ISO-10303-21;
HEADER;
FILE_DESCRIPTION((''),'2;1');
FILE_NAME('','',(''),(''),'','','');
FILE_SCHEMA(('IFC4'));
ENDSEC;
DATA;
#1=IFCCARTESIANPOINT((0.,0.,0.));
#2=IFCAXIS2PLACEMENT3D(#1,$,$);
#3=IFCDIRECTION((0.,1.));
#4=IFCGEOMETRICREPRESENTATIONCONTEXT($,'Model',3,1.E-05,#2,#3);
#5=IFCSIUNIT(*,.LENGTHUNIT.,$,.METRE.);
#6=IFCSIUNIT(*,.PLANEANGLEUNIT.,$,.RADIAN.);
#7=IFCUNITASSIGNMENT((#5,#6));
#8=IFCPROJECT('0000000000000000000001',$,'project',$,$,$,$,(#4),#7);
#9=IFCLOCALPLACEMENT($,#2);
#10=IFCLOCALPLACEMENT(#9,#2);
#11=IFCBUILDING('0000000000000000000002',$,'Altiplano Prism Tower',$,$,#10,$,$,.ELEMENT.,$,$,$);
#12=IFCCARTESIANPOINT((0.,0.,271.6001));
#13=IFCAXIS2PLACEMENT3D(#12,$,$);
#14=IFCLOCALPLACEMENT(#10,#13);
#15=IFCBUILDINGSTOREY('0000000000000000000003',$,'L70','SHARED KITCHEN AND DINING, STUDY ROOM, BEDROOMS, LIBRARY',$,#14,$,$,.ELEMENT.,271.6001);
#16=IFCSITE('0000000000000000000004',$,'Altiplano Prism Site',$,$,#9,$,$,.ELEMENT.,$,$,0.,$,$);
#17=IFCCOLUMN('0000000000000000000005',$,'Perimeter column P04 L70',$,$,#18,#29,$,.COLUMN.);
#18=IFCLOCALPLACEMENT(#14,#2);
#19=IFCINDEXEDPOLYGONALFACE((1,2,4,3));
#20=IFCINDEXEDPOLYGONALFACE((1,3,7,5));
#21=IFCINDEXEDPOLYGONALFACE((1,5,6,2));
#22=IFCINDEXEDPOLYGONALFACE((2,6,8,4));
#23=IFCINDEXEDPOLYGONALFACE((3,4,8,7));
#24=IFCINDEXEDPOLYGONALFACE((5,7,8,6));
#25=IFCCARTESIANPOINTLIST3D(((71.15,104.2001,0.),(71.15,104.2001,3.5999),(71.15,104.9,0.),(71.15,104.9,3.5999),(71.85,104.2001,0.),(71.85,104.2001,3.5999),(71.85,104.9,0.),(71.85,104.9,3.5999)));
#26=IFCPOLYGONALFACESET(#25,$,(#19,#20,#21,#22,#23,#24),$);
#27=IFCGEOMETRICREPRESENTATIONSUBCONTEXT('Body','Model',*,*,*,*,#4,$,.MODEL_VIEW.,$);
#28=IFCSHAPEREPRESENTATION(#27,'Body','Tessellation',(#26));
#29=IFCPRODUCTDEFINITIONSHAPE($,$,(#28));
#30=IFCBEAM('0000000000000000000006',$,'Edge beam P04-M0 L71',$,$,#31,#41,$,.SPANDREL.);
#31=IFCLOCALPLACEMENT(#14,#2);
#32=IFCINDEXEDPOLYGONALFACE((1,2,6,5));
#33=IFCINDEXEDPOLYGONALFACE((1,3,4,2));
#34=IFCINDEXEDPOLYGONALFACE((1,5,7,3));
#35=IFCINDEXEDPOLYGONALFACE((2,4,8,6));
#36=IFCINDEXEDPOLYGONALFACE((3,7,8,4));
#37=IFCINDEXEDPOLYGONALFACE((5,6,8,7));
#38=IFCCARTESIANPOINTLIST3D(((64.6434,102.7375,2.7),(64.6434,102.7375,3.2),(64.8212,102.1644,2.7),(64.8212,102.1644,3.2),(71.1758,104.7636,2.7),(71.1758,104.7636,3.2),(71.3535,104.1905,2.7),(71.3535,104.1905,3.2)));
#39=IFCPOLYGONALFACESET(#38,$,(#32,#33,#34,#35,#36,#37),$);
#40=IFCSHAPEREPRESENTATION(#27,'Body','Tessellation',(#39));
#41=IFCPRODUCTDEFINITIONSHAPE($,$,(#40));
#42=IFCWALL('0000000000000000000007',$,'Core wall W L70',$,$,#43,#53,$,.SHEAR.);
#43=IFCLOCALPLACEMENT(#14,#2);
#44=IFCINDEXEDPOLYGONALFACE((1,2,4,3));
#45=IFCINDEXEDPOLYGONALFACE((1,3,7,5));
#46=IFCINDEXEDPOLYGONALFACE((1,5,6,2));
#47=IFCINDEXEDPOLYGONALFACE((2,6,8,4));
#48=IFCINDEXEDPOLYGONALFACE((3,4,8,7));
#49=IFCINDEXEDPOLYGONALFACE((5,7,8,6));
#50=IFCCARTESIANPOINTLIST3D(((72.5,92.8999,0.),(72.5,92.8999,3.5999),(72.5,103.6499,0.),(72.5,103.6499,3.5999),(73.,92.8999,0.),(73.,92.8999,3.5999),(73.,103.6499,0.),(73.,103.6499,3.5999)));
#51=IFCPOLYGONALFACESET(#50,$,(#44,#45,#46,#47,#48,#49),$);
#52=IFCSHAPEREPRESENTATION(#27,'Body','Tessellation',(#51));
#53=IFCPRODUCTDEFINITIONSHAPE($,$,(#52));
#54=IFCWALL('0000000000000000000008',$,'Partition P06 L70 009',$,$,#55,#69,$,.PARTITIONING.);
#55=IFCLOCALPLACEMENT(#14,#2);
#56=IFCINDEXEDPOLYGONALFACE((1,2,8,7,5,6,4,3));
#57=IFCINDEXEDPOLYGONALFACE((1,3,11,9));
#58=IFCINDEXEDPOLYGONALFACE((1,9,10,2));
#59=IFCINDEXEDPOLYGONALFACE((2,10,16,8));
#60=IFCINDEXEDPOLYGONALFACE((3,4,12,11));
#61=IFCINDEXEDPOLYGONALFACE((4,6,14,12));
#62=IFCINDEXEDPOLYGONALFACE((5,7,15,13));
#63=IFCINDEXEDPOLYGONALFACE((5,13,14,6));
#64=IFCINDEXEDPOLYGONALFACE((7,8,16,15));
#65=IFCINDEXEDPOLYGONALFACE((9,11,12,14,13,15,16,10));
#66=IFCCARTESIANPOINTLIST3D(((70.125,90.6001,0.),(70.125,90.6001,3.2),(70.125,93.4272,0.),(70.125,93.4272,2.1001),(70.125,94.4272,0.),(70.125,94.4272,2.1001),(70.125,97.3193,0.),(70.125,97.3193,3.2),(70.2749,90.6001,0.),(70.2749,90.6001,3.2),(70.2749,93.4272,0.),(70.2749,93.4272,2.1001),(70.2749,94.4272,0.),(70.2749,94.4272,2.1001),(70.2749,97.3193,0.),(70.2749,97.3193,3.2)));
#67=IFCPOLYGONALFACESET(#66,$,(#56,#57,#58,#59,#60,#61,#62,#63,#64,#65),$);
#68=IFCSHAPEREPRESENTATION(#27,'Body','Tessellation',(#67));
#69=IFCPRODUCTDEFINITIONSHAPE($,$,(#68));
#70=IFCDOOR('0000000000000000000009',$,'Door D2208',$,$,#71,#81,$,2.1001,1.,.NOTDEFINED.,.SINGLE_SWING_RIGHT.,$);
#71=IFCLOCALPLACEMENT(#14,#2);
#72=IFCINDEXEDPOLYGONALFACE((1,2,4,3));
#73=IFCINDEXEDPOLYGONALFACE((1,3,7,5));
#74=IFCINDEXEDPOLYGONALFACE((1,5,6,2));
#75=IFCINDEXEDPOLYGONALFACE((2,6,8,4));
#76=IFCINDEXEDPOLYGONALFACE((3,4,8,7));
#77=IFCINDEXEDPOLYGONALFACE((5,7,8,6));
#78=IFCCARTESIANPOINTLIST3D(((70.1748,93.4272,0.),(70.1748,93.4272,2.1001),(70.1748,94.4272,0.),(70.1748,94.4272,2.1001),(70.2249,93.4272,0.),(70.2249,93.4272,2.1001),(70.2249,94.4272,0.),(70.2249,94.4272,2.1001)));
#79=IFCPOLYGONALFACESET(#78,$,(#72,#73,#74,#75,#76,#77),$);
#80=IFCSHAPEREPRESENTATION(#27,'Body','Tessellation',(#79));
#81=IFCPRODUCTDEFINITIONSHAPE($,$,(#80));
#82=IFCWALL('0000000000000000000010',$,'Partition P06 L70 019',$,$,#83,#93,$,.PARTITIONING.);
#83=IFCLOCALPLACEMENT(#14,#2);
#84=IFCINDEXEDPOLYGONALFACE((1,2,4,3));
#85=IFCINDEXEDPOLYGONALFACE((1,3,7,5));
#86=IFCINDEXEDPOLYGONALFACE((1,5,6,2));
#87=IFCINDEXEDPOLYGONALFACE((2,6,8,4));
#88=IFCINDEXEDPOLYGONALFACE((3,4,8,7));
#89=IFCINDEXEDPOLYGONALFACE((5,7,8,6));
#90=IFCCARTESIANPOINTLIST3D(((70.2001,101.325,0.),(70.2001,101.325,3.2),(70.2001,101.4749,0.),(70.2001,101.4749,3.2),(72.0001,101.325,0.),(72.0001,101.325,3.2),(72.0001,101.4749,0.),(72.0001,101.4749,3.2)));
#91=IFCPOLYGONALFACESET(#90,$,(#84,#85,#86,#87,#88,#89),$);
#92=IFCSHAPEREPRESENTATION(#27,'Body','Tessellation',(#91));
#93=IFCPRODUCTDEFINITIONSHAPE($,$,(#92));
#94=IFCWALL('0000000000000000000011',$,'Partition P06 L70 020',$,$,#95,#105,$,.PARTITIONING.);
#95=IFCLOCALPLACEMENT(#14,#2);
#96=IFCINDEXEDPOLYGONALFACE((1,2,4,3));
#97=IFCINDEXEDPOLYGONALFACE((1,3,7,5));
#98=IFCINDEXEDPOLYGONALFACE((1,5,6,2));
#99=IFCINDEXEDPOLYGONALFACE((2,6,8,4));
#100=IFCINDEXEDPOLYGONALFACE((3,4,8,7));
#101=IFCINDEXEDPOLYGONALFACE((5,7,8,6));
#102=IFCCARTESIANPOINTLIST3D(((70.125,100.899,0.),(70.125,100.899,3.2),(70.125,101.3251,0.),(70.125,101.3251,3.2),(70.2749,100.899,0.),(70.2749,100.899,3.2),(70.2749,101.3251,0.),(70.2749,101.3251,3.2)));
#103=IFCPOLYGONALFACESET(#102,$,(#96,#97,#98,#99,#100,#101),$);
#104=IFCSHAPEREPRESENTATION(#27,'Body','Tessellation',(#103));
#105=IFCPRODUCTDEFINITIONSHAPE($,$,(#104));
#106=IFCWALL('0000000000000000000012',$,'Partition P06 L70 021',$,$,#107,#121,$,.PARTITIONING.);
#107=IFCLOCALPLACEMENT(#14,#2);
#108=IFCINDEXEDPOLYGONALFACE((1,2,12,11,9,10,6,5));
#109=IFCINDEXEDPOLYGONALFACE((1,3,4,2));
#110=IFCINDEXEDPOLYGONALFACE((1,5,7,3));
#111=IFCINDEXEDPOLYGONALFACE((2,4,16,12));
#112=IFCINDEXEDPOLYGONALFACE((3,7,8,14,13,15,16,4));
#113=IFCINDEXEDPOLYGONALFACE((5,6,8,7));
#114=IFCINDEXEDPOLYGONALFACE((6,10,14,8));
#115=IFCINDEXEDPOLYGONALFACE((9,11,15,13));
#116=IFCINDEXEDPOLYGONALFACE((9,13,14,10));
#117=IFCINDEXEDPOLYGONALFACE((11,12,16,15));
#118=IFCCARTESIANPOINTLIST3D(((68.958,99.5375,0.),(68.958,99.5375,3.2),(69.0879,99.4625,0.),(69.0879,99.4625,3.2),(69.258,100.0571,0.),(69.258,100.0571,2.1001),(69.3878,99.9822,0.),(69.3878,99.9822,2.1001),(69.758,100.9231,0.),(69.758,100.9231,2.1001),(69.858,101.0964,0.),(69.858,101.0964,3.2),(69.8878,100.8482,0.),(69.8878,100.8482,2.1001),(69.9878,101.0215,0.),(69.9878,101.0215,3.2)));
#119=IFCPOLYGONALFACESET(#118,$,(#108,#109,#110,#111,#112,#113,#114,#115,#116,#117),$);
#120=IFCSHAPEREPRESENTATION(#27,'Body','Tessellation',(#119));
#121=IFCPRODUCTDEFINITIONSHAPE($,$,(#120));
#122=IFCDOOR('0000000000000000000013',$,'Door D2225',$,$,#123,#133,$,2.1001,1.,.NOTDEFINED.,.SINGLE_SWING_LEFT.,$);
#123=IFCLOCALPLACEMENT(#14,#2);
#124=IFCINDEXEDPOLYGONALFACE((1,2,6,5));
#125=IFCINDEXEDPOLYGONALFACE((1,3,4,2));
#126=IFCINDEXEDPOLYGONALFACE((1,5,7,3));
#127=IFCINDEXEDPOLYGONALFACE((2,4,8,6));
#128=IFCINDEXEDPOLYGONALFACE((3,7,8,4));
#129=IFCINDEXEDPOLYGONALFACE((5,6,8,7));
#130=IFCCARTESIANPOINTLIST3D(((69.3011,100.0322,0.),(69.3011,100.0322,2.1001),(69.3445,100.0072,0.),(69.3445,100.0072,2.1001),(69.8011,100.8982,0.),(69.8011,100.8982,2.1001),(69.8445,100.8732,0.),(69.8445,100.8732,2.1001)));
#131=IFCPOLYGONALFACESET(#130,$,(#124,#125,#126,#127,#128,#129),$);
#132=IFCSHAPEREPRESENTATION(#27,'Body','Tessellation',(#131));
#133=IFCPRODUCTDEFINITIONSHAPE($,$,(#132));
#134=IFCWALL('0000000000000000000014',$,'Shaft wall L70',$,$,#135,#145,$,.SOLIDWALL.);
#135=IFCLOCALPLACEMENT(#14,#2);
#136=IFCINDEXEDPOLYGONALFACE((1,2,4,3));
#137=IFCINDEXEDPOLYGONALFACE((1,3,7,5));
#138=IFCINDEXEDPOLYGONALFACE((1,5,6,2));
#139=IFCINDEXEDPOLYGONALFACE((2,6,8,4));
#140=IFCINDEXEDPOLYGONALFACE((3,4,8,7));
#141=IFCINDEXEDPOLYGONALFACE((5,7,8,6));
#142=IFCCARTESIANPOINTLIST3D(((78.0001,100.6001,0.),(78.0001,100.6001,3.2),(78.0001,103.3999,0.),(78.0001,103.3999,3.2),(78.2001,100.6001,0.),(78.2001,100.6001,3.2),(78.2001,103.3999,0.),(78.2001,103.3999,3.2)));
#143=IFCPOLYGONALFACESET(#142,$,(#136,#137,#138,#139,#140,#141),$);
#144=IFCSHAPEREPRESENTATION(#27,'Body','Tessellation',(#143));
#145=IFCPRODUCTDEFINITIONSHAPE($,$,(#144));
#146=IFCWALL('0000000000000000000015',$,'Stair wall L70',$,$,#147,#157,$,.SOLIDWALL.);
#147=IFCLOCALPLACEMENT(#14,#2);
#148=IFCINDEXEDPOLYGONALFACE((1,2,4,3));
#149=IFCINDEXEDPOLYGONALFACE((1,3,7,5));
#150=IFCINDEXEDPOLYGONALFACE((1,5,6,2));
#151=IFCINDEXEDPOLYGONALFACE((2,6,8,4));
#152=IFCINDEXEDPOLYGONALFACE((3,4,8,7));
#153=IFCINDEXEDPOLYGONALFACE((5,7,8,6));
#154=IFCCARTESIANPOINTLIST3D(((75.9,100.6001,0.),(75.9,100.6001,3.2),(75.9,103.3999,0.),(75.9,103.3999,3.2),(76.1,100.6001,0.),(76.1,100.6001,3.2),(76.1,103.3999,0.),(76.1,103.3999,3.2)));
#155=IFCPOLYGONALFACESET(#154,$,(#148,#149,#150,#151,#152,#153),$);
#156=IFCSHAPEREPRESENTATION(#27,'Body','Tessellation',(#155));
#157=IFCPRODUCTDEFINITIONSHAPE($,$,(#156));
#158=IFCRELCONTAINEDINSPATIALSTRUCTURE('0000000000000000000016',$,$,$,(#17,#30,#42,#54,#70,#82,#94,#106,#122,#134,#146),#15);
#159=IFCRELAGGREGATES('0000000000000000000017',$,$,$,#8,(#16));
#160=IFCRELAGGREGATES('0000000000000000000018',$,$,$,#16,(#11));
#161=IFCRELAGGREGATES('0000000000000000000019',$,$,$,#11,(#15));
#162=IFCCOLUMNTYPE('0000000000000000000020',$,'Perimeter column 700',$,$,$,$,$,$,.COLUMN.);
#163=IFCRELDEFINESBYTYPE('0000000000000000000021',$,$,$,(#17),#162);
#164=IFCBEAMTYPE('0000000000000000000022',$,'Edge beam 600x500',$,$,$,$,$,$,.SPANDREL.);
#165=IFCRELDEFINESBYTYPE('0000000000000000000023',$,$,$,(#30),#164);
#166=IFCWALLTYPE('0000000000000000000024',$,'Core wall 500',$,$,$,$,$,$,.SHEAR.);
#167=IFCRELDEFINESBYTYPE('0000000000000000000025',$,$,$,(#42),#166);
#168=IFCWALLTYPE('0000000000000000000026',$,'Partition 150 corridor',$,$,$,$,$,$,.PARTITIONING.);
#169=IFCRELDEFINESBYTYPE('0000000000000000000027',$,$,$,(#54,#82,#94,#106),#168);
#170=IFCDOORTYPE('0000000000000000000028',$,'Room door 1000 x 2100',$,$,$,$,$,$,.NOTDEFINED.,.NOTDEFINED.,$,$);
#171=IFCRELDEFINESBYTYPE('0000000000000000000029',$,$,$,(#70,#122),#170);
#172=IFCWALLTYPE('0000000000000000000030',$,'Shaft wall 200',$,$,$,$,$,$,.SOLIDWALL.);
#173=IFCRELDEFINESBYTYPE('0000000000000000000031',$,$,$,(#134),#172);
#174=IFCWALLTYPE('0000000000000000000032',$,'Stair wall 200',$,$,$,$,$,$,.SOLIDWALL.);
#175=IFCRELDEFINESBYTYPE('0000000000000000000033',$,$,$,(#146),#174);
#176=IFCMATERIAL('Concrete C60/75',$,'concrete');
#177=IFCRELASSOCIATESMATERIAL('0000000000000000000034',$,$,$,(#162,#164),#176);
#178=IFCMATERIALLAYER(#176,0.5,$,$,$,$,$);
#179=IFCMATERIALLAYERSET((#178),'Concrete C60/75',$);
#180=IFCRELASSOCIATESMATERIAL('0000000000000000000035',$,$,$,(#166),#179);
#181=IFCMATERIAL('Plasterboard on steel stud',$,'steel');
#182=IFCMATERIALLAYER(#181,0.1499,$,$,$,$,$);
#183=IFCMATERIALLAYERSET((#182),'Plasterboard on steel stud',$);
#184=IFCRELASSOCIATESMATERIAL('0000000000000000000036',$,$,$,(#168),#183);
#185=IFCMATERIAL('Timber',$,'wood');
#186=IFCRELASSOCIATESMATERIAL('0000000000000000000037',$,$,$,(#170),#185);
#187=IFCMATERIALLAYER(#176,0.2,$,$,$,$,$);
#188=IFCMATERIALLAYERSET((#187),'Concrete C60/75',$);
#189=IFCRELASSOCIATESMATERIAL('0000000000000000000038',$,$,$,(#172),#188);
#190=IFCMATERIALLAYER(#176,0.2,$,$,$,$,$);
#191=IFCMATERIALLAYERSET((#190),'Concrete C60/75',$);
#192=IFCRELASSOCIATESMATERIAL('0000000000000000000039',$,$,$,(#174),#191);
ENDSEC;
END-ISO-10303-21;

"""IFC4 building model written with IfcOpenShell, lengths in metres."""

from ifc_helpers import new_model, si_unit, direction, frame, frame_2d, origin, origin_2d, place, context, subcontext, project, spatial, rectangle, extrude, material, layer, layer_set, material_profile, profile_set, type_object, element, fill, save


model = new_model("IFC4")

# Units and contexts
model_context = context("Model", 3, precision=1e-05, world=origin(), true_north=direction((0.0, 1.0)))
body_context = subcontext(model_context, "Body", "Model", "MODEL_VIEW")
ifc_project = project(units=[si_unit("LENGTHUNIT", "METRE"), si_unit("PLANEANGLEUNIT", "RADIAN")], contexts=[model_context])

# Site, building, storey
site_placement = place(None, origin())
site = spatial("IfcSite", under=ifc_project, at=site_placement, Name="Altiplano Prism Site", CompositionType="ELEMENT", RefElevation=0.0)
building_placement = place(site_placement, origin())
building = spatial("IfcBuilding", under=site, at=building_placement, Name="Altiplano Prism Tower", CompositionType="ELEMENT")
storey_placement = place(building_placement, frame((0.0, 0.0, 271.6001)))
storey = spatial("IfcBuildingStorey", under=building, at=storey_placement, Name="L70", Description="SHARED KITCHEN AND DINING, STUDY ROOM, BEDROOMS, LIBRARY", CompositionType="ELEMENT", Elevation=271.6001)

# Column
ifc_material_1 = material(Name="Concrete C60/75", Category="concrete")
ifc_material_profile_1 = material_profile(ifc_material_1, rectangle(XDim=0.7, YDim=0.7, at=origin_2d()), Name="Perimeter column 700")
ifc_profile_set_1 = profile_set([ifc_material_profile_1], Name="Concrete C60/75")
column_type = type_object("IfcColumnType", Name="Perimeter column 700", PredefinedType="COLUMN", material=ifc_profile_set_1)
column_placement = place(storey_placement, frame((71.5, 104.55, 0.0), z_axis=(0.0, 0.0, 1.0), x_axis=(1.0, 0.0, 0.0)))
element("IfcColumn", 1, at=column_placement, inside=storey, type_object=column_type, Name="Perimeter column P04 L70", PredefinedType="COLUMN", context=body_context, shape_type="SweptSolid", body=[
    extrude(rectangle(XDim=0.7, YDim=0.7, at=origin_2d()), origin(), (0.0, 0.0, 1.0), 3.5999),
])

# Beam
ifc_material_profile_2 = material_profile(ifc_material_1, rectangle(XDim=0.6001, YDim=0.5, at=origin_2d()), Name="Edge beam 600x500")
ifc_profile_set_2 = profile_set([ifc_material_profile_2], Name="Concrete C60/75")
beam_type = type_object("IfcBeamType", Name="Edge beam 600x500", PredefinedType="SPANDREL", material=ifc_profile_set_2)
beam_placement = place(storey_placement, frame((71.2646, 104.4771, 2.95), z_axis=(-0.955114, -0.29624, 0.0), x_axis=(0.29624, -0.955114, 0.0)))
element("IfcBeam", 2, at=beam_placement, inside=storey, type_object=beam_type, Name="Edge beam P04-M0 L71", PredefinedType="SPANDREL", context=body_context, shape_type="SweptSolid", body=[
    extrude(rectangle(XDim=0.6001, YDim=0.5, at=origin_2d()), origin(), (0.0, 0.0, 1.0), 6.8394),
])

# Wall
ifc_layer_1 = layer(ifc_material_1, 0.5)
ifc_layer_set_1 = layer_set([ifc_layer_1], Name="Concrete C60/75")
wall_type_1 = type_object("IfcWallType", Name="Core wall 500", PredefinedType="SHEAR", material=ifc_layer_set_1)
wall_1_placement = place(storey_placement, frame((72.75, 103.6499, 0.0), z_axis=(0.0, 0.0, 1.0), x_axis=(0.0, -1.0, 0.0)))
element("IfcWall", 3, at=wall_1_placement, inside=storey, type_object=wall_type_1, Name="Core wall W L70", PredefinedType="SHEAR", context=body_context, shape_type="SweptSolid", body=[
    extrude(rectangle(XDim=10.75, YDim=0.5, at=frame_2d((5.375, 0.0))), origin(), (0.0, 0.0, 1.0), 3.5999),
])

# Wall, opening, door
ifc_material_2 = material(Name="Plasterboard on steel stud", Category="steel")
ifc_layer_2 = layer(ifc_material_2, 0.1499)
ifc_layer_set_2 = layer_set([ifc_layer_2], Name="Plasterboard on steel stud")
wall_type_2 = type_object("IfcWallType", Name="Partition 150 corridor", PredefinedType="PARTITIONING", material=ifc_layer_set_2)
wall_2_placement = place(storey_placement, frame((70.2, 97.3193, 0.0), z_axis=(0.0, 0.0, 1.0), x_axis=(0.0, -1.0, 0.0)))
wall_2 = element("IfcWall", 4, at=wall_2_placement, inside=storey, type_object=wall_type_2, Name="Partition P06 L70 009", PredefinedType="PARTITIONING", context=body_context, shape_type="SweptSolid", body=[
    extrude(rectangle(XDim=6.7192, YDim=0.1499, at=frame_2d((3.3596, 0.0))), origin(), (0.0, 0.0, 1.0), 3.2),
])
opening_1_placement = place(wall_2_placement, frame((2.8921, 0.0, 0.0)))
opening_1 = element("IfcOpeningElement", 5, at=opening_1_placement, cuts=wall_2, PredefinedType="OPENING", context=body_context, shape_type="SweptSolid", body=[
    extrude(rectangle(XDim=1.0, YDim=2.1001, at=frame_2d((0.5, 1.05))), frame((0.0, 0.0854, 0.0), z_axis=(0.0, -1.0, 0.0), x_axis=(1.0, 0.0, 0.0)), (0.0, 0.0, 1.0), 0.1709),
])
ifc_material_3 = material(Name="Timber", Category="wood")
door_type_1 = type_object("IfcDoorType", Name="Room door 1000 x 2100", OperationType="NOTDEFINED", PredefinedType="NOTDEFINED", material=ifc_material_3)
door_1_placement = place(opening_1_placement, origin())
door_1 = element("IfcDoor", 6, at=door_1_placement, inside=storey, type_object=door_type_1, Name="Door D2208", OperationType="SINGLE_SWING_RIGHT", OverallHeight=2.1001, OverallWidth=1.0, PredefinedType="NOTDEFINED", context=body_context, shape_type="SweptSolid", body=[
    extrude(rectangle(XDim=1.0, YDim=2.1001, at=frame_2d((0.5, 1.05))), frame((0.0, 0.0249, 0.0), z_axis=(0.0, -1.0, 0.0), x_axis=(1.0, 0.0, 0.0)), (0.0, 0.0, 1.0), 0.05),
])
fill(opening_1, door_1)

# Walls
wall_3_placement = place(storey_placement, frame((72.0, 101.3999, 0.0), z_axis=(0.0, 0.0, 1.0), x_axis=(-1.0, 0.0, 0.0)))
element("IfcWall", 7, at=wall_3_placement, inside=storey, type_object=wall_type_2, Name="Partition P06 L70 019", PredefinedType="PARTITIONING", context=body_context, shape_type="SweptSolid", body=[
    extrude(rectangle(XDim=1.8, YDim=0.1499, at=frame_2d((0.8999, 0.0))), origin(), (0.0, 0.0, 1.0), 3.2),
])
wall_4_placement = place(storey_placement, frame((70.2, 101.325, 0.0), z_axis=(0.0, 0.0, 1.0), x_axis=(0.0, -1.0, 0.0)))
element("IfcWall", 8, at=wall_4_placement, inside=storey, type_object=wall_type_2, Name="Partition P06 L70 020", PredefinedType="PARTITIONING", context=body_context, shape_type="SweptSolid", body=[
    extrude(rectangle(XDim=0.426, YDim=0.1499, at=frame_2d((0.2129, 0.0))), origin(), (0.0, 0.0, 1.0), 3.2),
])

# Wall, opening, door
wall_5_placement = place(storey_placement, frame((69.9229, 101.0588, 0.0), z_axis=(0.0, 0.0, 1.0), x_axis=(-0.499961, -0.866048, 0.0)))
wall_5 = element("IfcWall", 9, at=wall_5_placement, inside=storey, type_object=wall_type_2, Name="Partition P06 L70 021", PredefinedType="PARTITIONING", context=body_context, shape_type="SweptSolid", body=[
    extrude(rectangle(XDim=1.8, YDim=0.1499, at=frame_2d((0.8999, 0.0))), origin(), (0.0, 0.0, 1.0), 3.2),
])
opening_2_placement = place(wall_5_placement, frame((0.2, 0.0, 0.0)))
opening_2 = element("IfcOpeningElement", 10, at=opening_2_placement, cuts=wall_5, PredefinedType="OPENING", context=body_context, shape_type="SweptSolid", body=[
    extrude(rectangle(XDim=1.0, YDim=2.1001, at=frame_2d((0.5, 1.05))), frame((0.0, 0.0854, 0.0), z_axis=(0.0, -1.0, 0.0), x_axis=(1.0, 0.0, 0.0)), (0.0, 0.0, 1.0), 0.1709),
])
door_2_placement = place(opening_2_placement, origin())
door_2 = element("IfcDoor", 11, at=door_2_placement, inside=storey, type_object=door_type_1, Name="Door D2225", OperationType="SINGLE_SWING_LEFT", OverallHeight=2.1001, OverallWidth=1.0, PredefinedType="NOTDEFINED", context=body_context, shape_type="SweptSolid", body=[
    extrude(rectangle(XDim=1.0, YDim=2.1001, at=frame_2d((0.5, 1.05))), frame((0.0, 0.0249, 0.0), z_axis=(0.0, -1.0, 0.0), x_axis=(1.0, 0.0, 0.0)), (0.0, 0.0, 1.0), 0.05),
])
fill(opening_2, door_2)

# Wall
ifc_layer_3 = layer(ifc_material_1, 0.2)
ifc_layer_set_3 = layer_set([ifc_layer_3], Name="Concrete C60/75")
wall_type_3 = type_object("IfcWallType", Name="Shaft wall 200", PredefinedType="SOLIDWALL", material=ifc_layer_set_3)
wall_6_placement = place(storey_placement, frame((78.1001, 100.6001, 0.0), z_axis=(0.0, 0.0, 1.0), x_axis=(0.0, 1.0, 0.0)))
element("IfcWall", 12, at=wall_6_placement, inside=storey, type_object=wall_type_3, Name="Shaft wall L70", PredefinedType="SOLIDWALL", context=body_context, shape_type="SweptSolid", body=[
    extrude(rectangle(XDim=2.7998, YDim=0.2, at=frame_2d((1.3999, 0.0))), origin(), (0.0, 0.0, 1.0), 3.2),
])

# Shared definitions
ifc_layer_4 = layer(ifc_material_1, 0.2)
ifc_layer_set_4 = layer_set([ifc_layer_4], Name="Concrete C60/75")
wall_type_4 = type_object("IfcWallType", Name="Stair wall 200", PredefinedType="SOLIDWALL", material=ifc_layer_set_4)

# Wall
wall_7_placement = place(storey_placement, frame((76.0, 100.6001, 0.0), z_axis=(0.0, 0.0, 1.0), x_axis=(0.0, 1.0, 0.0)))
element("IfcWall", 13, at=wall_7_placement, inside=storey, type_object=wall_type_4, Name="Stair wall L70", PredefinedType="SOLIDWALL", context=body_context, shape_type="SweptSolid", body=[
    extrude(rectangle(XDim=2.7998, YDim=0.2, at=frame_2d((1.3999, 0.0))), origin(), (0.0, 0.0, 1.0), 3.2),
])

save(model, "model.ifc")
